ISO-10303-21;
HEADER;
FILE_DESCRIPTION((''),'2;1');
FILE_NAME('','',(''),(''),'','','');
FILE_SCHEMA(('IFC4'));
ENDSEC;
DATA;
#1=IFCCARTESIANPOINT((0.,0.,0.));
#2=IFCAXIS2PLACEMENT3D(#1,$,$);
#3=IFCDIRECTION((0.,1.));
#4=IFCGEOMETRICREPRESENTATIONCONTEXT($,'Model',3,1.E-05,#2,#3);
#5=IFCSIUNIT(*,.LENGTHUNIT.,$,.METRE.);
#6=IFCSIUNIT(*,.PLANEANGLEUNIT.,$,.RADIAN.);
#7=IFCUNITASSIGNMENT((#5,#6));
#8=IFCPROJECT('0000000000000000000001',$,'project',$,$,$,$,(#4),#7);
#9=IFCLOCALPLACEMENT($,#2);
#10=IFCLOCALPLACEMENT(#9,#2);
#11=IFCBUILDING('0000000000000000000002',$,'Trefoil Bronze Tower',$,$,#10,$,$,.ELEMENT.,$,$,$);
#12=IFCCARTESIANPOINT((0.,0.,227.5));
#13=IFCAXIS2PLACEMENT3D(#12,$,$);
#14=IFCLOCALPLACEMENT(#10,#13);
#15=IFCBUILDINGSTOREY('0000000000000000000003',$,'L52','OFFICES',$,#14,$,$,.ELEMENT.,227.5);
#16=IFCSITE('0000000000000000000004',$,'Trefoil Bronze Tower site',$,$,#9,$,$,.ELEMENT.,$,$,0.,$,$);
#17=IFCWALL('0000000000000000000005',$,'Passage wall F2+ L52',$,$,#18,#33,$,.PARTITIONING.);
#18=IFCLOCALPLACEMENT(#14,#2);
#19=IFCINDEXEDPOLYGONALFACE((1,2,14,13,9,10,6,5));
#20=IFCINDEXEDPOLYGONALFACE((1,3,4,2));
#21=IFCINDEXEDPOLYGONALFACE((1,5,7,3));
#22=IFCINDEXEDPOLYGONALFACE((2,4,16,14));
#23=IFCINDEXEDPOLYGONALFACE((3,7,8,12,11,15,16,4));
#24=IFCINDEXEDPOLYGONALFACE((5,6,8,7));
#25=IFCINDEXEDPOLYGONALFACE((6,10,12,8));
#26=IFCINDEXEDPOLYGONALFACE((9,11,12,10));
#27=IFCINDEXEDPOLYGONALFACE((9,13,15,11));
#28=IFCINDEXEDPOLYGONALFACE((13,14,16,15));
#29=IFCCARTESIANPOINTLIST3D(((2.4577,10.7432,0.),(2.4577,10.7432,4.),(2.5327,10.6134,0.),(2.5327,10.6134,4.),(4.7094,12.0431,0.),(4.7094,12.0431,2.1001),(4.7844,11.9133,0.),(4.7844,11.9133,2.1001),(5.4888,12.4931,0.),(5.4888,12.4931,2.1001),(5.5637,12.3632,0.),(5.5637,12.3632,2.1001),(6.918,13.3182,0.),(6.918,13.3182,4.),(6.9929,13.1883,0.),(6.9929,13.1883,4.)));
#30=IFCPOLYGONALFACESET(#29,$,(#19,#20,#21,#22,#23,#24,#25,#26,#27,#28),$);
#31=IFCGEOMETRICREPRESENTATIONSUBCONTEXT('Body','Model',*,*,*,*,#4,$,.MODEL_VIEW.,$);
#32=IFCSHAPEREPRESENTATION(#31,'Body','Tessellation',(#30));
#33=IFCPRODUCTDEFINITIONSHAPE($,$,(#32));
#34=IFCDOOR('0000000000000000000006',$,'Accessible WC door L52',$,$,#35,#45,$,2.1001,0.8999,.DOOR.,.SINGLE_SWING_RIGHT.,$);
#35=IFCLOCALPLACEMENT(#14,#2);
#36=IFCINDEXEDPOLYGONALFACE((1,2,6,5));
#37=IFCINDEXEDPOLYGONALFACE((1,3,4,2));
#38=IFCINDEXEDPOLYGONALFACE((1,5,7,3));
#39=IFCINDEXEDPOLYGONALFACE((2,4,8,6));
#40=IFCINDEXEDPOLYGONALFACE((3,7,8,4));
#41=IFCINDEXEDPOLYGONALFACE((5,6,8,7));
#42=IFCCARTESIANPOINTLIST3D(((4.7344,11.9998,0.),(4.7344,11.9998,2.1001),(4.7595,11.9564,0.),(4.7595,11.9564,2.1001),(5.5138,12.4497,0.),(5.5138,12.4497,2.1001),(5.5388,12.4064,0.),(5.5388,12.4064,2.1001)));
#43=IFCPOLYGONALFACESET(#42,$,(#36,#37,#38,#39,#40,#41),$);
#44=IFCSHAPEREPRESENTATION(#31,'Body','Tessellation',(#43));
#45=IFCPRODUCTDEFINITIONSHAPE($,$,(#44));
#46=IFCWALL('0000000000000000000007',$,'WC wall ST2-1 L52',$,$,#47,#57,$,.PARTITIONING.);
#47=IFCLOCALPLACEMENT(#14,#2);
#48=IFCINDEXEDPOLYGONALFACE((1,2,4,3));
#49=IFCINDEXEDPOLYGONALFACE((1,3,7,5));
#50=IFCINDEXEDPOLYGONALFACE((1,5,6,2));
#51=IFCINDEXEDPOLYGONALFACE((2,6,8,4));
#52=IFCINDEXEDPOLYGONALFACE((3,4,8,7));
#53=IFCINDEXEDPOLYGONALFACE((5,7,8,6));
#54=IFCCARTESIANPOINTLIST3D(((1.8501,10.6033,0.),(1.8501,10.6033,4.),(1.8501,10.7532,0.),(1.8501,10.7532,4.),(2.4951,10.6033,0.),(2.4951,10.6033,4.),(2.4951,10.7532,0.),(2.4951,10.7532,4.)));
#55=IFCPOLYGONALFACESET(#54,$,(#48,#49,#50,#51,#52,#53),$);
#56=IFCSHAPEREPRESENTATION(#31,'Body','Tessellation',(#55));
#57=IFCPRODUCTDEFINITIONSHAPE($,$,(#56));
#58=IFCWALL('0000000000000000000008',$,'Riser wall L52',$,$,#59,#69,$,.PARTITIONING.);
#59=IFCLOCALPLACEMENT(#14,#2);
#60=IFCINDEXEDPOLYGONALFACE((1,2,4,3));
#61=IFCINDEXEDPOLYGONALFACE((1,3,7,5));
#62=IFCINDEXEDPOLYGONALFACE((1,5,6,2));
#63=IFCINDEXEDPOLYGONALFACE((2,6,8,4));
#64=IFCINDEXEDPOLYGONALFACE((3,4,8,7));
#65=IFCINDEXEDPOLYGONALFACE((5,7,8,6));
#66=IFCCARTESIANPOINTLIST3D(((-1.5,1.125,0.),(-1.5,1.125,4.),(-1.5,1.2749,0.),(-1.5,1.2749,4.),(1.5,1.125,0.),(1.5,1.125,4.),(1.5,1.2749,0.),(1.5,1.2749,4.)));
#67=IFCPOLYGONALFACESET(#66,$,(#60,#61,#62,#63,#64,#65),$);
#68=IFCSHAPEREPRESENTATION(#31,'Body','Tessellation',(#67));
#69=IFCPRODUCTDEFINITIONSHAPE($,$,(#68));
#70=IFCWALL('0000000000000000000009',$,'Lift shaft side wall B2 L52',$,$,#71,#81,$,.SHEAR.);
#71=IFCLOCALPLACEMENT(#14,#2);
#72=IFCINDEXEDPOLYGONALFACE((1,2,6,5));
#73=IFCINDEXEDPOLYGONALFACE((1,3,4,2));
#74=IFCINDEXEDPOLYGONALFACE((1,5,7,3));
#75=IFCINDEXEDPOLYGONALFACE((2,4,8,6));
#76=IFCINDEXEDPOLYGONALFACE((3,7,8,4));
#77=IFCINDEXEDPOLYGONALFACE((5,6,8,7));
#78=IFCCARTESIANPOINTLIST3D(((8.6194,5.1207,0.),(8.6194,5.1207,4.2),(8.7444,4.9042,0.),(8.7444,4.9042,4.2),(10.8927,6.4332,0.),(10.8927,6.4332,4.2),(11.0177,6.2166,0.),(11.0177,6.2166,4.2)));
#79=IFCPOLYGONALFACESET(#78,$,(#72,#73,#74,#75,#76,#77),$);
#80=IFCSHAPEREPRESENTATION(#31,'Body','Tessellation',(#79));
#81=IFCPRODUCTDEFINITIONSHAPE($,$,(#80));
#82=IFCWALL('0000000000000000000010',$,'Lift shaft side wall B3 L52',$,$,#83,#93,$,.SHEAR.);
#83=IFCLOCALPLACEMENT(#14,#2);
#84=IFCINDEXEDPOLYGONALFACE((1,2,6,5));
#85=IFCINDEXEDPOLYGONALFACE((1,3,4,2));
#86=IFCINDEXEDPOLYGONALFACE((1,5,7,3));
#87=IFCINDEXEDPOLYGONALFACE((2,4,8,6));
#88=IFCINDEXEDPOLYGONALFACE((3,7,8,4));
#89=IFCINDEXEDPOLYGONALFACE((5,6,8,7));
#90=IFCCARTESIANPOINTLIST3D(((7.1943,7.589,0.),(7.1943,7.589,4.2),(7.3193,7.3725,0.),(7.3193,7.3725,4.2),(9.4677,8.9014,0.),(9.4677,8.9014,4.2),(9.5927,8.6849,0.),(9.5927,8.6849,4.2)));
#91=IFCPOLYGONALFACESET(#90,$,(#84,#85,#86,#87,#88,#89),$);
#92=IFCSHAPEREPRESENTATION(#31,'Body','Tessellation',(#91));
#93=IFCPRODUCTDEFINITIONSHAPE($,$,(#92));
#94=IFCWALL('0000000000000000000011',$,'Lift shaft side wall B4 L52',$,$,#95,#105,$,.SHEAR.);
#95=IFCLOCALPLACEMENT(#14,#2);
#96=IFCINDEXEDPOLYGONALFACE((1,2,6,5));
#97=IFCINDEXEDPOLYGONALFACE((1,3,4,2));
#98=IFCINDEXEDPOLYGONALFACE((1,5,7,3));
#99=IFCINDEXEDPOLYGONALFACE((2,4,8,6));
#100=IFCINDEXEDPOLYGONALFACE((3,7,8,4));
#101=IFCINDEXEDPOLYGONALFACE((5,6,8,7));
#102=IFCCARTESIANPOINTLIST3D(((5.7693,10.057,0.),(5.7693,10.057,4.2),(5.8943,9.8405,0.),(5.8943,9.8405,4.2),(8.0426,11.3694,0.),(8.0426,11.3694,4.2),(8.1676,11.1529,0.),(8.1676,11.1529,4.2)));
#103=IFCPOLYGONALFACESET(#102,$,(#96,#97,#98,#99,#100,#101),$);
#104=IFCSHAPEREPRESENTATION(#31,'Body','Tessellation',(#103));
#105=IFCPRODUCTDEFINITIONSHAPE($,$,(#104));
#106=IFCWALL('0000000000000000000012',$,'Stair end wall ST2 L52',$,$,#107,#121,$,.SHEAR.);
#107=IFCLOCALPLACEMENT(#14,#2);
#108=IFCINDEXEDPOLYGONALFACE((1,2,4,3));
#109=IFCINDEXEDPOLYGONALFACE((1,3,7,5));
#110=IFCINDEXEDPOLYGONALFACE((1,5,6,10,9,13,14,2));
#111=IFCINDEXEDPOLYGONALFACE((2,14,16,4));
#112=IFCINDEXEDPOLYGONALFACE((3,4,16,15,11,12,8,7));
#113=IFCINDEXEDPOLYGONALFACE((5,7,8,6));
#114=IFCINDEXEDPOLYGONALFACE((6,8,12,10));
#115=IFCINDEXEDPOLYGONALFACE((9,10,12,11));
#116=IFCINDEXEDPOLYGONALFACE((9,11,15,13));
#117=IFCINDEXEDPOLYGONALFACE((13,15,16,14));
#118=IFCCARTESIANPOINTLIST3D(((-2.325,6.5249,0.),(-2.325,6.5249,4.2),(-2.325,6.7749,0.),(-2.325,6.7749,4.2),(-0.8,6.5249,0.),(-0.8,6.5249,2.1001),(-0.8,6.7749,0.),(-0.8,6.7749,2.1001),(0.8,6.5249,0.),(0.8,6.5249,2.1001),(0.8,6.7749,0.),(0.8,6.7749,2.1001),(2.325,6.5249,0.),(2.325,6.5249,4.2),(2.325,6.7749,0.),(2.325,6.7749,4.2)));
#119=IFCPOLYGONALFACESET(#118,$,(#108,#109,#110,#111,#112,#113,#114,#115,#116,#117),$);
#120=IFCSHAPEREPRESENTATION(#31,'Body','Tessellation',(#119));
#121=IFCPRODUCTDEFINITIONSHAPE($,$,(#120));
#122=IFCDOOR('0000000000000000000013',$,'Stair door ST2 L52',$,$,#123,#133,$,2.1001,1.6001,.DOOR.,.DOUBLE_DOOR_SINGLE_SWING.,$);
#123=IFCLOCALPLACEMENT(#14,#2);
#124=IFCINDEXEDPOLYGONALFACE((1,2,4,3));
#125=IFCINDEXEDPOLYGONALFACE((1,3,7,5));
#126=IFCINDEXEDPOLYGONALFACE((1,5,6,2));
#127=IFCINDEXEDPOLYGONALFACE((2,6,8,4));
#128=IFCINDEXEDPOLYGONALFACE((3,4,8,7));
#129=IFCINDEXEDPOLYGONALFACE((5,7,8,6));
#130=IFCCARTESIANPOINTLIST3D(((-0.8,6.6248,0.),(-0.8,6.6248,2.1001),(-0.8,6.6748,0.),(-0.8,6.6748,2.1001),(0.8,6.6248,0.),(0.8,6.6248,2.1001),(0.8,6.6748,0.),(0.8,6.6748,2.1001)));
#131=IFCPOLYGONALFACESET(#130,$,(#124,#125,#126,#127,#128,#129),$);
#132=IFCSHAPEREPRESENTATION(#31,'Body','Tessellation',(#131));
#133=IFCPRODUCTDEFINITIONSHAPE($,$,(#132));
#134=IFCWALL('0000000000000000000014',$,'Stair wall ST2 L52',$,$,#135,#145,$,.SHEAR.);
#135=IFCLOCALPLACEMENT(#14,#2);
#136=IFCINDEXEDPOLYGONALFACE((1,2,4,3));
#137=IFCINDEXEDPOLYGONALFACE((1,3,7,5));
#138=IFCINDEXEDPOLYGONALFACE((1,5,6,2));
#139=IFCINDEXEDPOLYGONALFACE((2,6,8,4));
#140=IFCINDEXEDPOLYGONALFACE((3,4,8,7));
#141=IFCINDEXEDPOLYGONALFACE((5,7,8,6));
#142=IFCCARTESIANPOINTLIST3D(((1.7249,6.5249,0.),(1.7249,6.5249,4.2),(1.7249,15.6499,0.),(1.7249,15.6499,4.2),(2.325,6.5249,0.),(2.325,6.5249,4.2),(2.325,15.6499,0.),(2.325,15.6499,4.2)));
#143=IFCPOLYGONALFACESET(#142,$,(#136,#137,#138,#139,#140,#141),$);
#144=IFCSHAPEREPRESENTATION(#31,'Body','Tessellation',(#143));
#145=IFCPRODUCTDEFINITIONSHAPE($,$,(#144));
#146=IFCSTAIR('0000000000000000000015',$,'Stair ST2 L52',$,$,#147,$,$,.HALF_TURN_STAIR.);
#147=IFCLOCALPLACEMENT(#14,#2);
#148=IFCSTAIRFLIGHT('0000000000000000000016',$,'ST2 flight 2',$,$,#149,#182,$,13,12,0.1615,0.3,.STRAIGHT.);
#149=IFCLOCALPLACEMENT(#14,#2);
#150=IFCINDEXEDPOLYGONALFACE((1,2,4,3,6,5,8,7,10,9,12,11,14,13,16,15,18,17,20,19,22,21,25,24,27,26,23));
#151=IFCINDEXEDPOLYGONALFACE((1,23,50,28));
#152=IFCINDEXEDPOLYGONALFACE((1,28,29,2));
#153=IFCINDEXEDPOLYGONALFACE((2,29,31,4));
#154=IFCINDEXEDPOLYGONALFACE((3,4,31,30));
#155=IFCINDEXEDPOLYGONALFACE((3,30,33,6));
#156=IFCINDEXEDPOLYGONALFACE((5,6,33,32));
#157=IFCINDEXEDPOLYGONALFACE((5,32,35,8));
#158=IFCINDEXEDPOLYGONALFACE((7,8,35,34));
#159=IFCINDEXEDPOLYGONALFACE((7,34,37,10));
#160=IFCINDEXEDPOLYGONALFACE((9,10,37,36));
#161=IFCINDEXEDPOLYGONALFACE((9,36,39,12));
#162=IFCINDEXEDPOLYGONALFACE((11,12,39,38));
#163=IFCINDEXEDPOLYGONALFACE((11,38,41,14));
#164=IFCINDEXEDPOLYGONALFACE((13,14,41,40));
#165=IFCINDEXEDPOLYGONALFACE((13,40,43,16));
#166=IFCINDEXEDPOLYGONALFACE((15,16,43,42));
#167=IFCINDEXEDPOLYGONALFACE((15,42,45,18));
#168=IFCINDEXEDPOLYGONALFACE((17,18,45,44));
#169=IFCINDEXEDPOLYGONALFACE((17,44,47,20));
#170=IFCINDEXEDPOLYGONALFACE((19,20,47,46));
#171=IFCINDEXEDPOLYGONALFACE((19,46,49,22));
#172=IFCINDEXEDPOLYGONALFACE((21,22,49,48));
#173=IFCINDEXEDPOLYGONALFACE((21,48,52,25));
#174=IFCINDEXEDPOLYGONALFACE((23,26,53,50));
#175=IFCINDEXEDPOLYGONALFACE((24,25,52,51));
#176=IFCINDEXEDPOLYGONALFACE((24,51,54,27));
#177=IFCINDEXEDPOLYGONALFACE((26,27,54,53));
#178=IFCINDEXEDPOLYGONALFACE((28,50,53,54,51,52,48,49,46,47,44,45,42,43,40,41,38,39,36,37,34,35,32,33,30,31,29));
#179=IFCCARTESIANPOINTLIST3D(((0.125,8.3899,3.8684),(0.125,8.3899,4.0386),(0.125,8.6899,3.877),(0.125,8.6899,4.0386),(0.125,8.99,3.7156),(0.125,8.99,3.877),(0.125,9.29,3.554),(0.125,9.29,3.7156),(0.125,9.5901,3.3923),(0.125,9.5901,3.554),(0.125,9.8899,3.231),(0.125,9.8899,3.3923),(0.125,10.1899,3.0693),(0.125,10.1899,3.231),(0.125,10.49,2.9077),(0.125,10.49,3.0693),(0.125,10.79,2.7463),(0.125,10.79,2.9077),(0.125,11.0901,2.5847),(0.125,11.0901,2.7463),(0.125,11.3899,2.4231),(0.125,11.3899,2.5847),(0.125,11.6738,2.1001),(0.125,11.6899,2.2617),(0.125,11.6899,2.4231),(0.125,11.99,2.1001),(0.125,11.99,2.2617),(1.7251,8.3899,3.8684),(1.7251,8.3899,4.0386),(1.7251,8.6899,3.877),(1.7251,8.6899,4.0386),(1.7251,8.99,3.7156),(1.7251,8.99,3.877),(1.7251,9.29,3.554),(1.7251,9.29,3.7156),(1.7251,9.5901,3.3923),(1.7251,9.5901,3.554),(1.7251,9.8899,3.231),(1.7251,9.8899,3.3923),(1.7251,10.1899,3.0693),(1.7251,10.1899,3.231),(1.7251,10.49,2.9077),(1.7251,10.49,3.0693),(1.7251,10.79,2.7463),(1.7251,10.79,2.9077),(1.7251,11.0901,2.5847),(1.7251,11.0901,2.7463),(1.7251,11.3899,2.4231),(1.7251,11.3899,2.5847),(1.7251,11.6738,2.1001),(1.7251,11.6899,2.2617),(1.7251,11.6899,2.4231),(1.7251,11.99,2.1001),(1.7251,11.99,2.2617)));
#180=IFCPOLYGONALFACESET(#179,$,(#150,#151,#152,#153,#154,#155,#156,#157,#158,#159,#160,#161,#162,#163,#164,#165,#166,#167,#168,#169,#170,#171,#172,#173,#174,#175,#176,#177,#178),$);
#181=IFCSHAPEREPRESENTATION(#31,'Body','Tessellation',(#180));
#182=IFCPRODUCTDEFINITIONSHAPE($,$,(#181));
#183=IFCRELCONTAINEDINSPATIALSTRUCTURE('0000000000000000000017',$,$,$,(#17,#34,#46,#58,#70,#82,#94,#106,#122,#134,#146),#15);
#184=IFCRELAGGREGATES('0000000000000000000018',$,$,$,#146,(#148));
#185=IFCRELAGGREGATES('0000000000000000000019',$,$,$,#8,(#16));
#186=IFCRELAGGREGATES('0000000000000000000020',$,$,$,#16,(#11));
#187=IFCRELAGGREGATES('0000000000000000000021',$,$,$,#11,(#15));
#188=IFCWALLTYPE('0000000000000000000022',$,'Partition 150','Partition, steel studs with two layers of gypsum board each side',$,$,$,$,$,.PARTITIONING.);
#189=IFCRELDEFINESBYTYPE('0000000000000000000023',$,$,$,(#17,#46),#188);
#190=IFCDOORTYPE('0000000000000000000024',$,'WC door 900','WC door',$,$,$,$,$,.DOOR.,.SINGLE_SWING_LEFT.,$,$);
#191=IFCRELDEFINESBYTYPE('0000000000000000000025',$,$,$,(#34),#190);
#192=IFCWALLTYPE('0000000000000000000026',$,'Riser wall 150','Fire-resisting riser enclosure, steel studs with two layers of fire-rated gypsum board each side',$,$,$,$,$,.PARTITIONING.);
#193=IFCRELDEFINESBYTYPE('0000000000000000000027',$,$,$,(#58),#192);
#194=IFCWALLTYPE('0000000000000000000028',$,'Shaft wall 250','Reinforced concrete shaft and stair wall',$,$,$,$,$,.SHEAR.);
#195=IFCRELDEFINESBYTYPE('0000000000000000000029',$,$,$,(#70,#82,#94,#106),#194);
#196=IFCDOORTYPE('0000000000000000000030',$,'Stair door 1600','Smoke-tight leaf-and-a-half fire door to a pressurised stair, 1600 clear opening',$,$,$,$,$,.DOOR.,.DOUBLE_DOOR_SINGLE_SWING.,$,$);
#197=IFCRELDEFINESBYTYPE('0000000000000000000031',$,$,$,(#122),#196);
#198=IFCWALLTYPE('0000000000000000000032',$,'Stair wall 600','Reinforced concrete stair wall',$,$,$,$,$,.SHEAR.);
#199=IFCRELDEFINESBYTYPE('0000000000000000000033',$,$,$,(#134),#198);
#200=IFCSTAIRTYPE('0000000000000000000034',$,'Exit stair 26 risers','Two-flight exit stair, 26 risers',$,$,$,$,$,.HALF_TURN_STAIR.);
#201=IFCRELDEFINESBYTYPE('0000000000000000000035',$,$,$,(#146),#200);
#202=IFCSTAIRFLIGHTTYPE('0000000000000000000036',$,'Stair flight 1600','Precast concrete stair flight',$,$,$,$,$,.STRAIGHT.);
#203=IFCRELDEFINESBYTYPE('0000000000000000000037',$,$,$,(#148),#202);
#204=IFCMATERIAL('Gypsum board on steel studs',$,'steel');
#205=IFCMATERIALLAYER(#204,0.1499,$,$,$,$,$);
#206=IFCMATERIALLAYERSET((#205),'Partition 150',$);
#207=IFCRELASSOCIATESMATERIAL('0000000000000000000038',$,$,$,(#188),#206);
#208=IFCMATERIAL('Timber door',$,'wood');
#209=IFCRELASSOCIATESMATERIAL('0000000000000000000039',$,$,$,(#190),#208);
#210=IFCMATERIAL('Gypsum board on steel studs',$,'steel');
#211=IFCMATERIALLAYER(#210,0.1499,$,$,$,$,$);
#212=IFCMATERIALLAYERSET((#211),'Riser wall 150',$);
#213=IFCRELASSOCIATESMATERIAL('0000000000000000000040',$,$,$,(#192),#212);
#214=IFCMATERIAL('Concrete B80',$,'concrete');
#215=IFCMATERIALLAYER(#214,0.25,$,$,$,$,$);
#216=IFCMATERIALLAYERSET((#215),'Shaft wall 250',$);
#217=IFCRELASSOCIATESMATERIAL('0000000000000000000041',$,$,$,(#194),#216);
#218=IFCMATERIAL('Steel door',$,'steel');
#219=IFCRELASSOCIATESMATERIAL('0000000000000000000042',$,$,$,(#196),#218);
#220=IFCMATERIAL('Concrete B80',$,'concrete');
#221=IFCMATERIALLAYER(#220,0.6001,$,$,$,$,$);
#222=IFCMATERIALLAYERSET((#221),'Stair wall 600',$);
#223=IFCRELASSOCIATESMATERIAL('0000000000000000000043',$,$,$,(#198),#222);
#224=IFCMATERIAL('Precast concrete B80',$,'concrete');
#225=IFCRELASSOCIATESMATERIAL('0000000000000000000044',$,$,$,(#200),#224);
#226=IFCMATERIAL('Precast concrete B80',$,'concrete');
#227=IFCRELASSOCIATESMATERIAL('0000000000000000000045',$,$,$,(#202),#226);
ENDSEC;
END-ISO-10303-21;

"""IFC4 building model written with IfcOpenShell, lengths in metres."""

from ifc_helpers import new_model, si_unit, direction, frame, frame_2d, origin, place, context, subcontext, project, spatial, polyline, rectangle, outline, extrude, material, layer, layer_set, type_object, element, fill, aggregate, save


model = new_model("IFC4")

# Units and contexts
model_context = context("Model", 3, precision=1e-05, world=origin(), true_north=direction((0.0, 1.0)))
body_context = subcontext(model_context, "Body", "Model", "MODEL_VIEW")
ifc_project = project(units=[si_unit("LENGTHUNIT", "METRE"), si_unit("PLANEANGLEUNIT", "RADIAN")], contexts=[model_context])

# Site, building, storey
site_placement = place(None, origin())
site = spatial("IfcSite", under=ifc_project, at=site_placement, Name="Trefoil Bronze Tower site", CompositionType="ELEMENT", RefElevation=0.0)
building_placement = place(site_placement, origin())
building = spatial("IfcBuilding", under=site, at=building_placement, Name="Trefoil Bronze Tower", CompositionType="ELEMENT")
storey_placement = place(building_placement, frame((0.0, 0.0, 227.5)))
storey = spatial("IfcBuildingStorey", under=building, at=storey_placement, Name="L52", Description="OFFICES", CompositionType="ELEMENT", Elevation=227.5)

# Wall, opening, door
ifc_material_1 = material(Name="Gypsum board on steel studs", Category="steel")
ifc_layer_1 = layer(ifc_material_1, 0.1499)
ifc_layer_set_1 = layer_set([ifc_layer_1], Name="Partition 150")
wall_type_1 = type_object("IfcWallType", Name="Partition 150", Description="Partition, steel studs with two layers of gypsum board each side", PredefinedType="PARTITIONING", material=ifc_layer_set_1)
wall_1_placement = place(storey_placement, frame((2.4951, 10.6782, 0.0), z_axis=(0.0, 0.0, 1.0), x_axis=(0.866038, 0.499978, 0.0)))
wall_1 = element("IfcWall", 1, at=wall_1_placement, inside=storey, type_object=wall_type_1, Name="Passage wall F2+ L52", PredefinedType="PARTITIONING", context=body_context, shape_type="SweptSolid", body=[
    extrude(rectangle(XDim=5.1501, YDim=0.1499, at=frame_2d((2.5752, 0.0))), origin(), (0.0, 0.0, 1.0), 4.0),
])
opening_1_placement = place(wall_1_placement, frame((2.6001, 0.0, 0.0)))
opening_1 = element("IfcOpeningElement", 2, at=opening_1_placement, cuts=wall_1, PredefinedType="OPENING", context=body_context, shape_type="SweptSolid", body=[
    extrude(rectangle(XDim=0.8999, YDim=2.1001, at=frame_2d((0.45, 1.05))), frame((0.0, 0.085, 0.0), z_axis=(0.0, -1.0, 0.0), x_axis=(1.0, 0.0, 0.0)), (0.0, 0.0, 1.0), 0.1699),
])
ifc_material_2 = material(Name="Timber door", Category="wood")
door_type_1 = type_object("IfcDoorType", Name="WC door 900", Description="WC door", OperationType="SINGLE_SWING_LEFT", PredefinedType="DOOR", material=ifc_material_2)
door_1_placement = place(opening_1_placement, origin())
door_1 = element("IfcDoor", 3, at=door_1_placement, inside=storey, type_object=door_type_1, Name="Accessible WC door L52", OperationType="SINGLE_SWING_RIGHT", OverallHeight=2.1001, OverallWidth=0.8999, PredefinedType="DOOR", context=body_context, shape_type="SweptSolid", body=[
    extrude(rectangle(XDim=0.8999, YDim=2.1001, at=frame_2d((0.45, 1.05))), frame((0.0, 0.0249, 0.0), z_axis=(0.0, -1.0, 0.0), x_axis=(1.0, 0.0, 0.0)), (0.0, 0.0, 1.0), 0.05),
])
fill(opening_1, door_1)

# Walls
wall_2_placement = place(storey_placement, frame((2.4951, 10.6782, 0.0), z_axis=(0.0, 0.0, 1.0), x_axis=(-1.0, 0.0, 0.0)))
element("IfcWall", 4, at=wall_2_placement, inside=storey, type_object=wall_type_1, Name="WC wall ST2-1 L52", PredefinedType="PARTITIONING", context=body_context, shape_type="SweptSolid", body=[
    extrude(rectangle(XDim=0.645, YDim=0.1499, at=frame_2d((0.3225, 0.0))), origin(), (0.0, 0.0, 1.0), 4.0),
])
ifc_material_3 = material(Name="Gypsum board on steel studs", Category="steel")
ifc_layer_2 = layer(ifc_material_3, 0.1499)
ifc_layer_set_2 = layer_set([ifc_layer_2], Name="Riser wall 150")
wall_type_2 = type_object("IfcWallType", Name="Riser wall 150", Description="Fire-resisting riser enclosure, steel studs with two layers of fire-rated gypsum board each side", PredefinedType="PARTITIONING", material=ifc_layer_set_2)
wall_3_placement = place(storey_placement, frame((1.5, 1.2, 0.0), z_axis=(0.0, 0.0, 1.0), x_axis=(-1.0, 0.0, 0.0)))
element("IfcWall", 5, at=wall_3_placement, inside=storey, type_object=wall_type_2, Name="Riser wall L52", PredefinedType="PARTITIONING", context=body_context, shape_type="SweptSolid", body=[
    extrude(rectangle(XDim=3.0, YDim=0.1499, at=frame_2d((1.5, 0.0))), origin(), (0.0, 0.0, 1.0), 4.0),
])
ifc_material_4 = material(Name="Concrete B80", Category="concrete")
ifc_layer_3 = layer(ifc_material_4, 0.25)
ifc_layer_set_3 = layer_set([ifc_layer_3], Name="Shaft wall 250")
wall_type_3 = type_object("IfcWallType", Name="Shaft wall 250", Description="Reinforced concrete shaft and stair wall", PredefinedType="SHEAR", material=ifc_layer_set_3)
for number, where, z_axis, x_axis, name in (
    (6, (8.6819, 5.0125, 0.0), (0.0, 0.0, 1.0), (0.866037, 0.49998, 0.0), "Lift shaft side wall B2 L52"),
    (7, (7.2568, 7.4807, 0.0), (0.0, 0.0, 1.0), (0.866037, 0.49998, 0.0), "Lift shaft side wall B3 L52"),
    (8, (5.8318, 9.9487, 0.0), (0.0, 0.0, 1.0), (0.866037, 0.49998, 0.0), "Lift shaft side wall B4 L52"),
):
    element("IfcWall", number, at=place(storey_placement, frame(where, z_axis=z_axis, x_axis=x_axis)), inside=storey, type_object=wall_type_3, Name=name, PredefinedType="SHEAR", context=body_context, shape_type="SweptSolid", body=[
        extrude(rectangle(XDim=2.625, YDim=0.25, at=frame_2d((1.3125, 0.0))), origin(), (0.0, 0.0, 1.0), 4.2),
    ])

# Wall, opening, door
wall_4_placement = place(storey_placement, frame((2.325, 6.6499, 0.0), z_axis=(0.0, 0.0, 1.0), x_axis=(-1.0, 0.0, 0.0)))
wall_4 = element("IfcWall", 9, at=wall_4_placement, inside=storey, type_object=wall_type_3, Name="Stair end wall ST2 L52", PredefinedType="SHEAR", context=body_context, shape_type="SweptSolid", body=[
    extrude(rectangle(XDim=4.6499, YDim=0.25, at=frame_2d((2.325, 0.0))), origin(), (0.0, 0.0, 1.0), 4.2),
])
opening_2_placement = place(wall_4_placement, frame((1.5249, 0.0, 0.0)))
opening_2 = element("IfcOpeningElement", 10, at=opening_2_placement, cuts=wall_4, PredefinedType="OPENING", context=body_context, shape_type="SweptSolid", body=[
    extrude(rectangle(XDim=1.6001, YDim=2.1001, at=frame_2d((0.8, 1.05))), frame((0.0, 0.135, 0.0), z_axis=(0.0, -1.0, 0.0), x_axis=(1.0, 0.0, 0.0)), (0.0, 0.0, 1.0), 0.27),
])
ifc_material_5 = material(Name="Steel door", Category="steel")
door_type_2 = type_object("IfcDoorType", Name="Stair door 1600", Description="Smoke-tight leaf-and-a-half fire door to a pressurised stair, 1600 clear opening", OperationType="DOUBLE_DOOR_SINGLE_SWING", PredefinedType="DOOR", material=ifc_material_5)
door_2_placement = place(opening_2_placement, frame((1.6001, 0.0, 0.0), z_axis=(0.0, 0.0, 1.0), x_axis=(-1.0, 0.0, 0.0)))
door_2 = element("IfcDoor", 11, at=door_2_placement, inside=storey, type_object=door_type_2, Name="Stair door ST2 L52", OperationType="DOUBLE_DOOR_SINGLE_SWING", OverallHeight=2.1001, OverallWidth=1.6001, PredefinedType="DOOR", context=body_context, shape_type="SweptSolid", body=[
    extrude(rectangle(XDim=1.6001, YDim=2.1001, at=frame_2d((0.8, 1.05))), frame((0.0, 0.0249, 0.0), z_axis=(0.0, -1.0, 0.0), x_axis=(1.0, 0.0, 0.0)), (0.0, 0.0, 1.0), 0.05),
])
fill(opening_2, door_2)

# Wall
ifc_material_6 = material(Name="Concrete B80", Category="concrete")
ifc_layer_4 = layer(ifc_material_6, 0.6001)
ifc_layer_set_4 = layer_set([ifc_layer_4], Name="Stair wall 600")
wall_type_4 = type_object("IfcWallType", Name="Stair wall 600", Description="Reinforced concrete stair wall", PredefinedType="SHEAR", material=ifc_layer_set_4)
wall_5_placement = place(storey_placement, frame((2.0249, 6.5249, 0.0), z_axis=(0.0, 0.0, 1.0), x_axis=(0.0, 1.0, 0.0)))
element("IfcWall", 12, at=wall_5_placement, inside=storey, type_object=wall_type_4, Name="Stair wall ST2 L52", PredefinedType="SHEAR", context=body_context, shape_type="SweptSolid", body=[
    extrude(rectangle(XDim=9.125, YDim=0.6001, at=frame_2d((4.5625, 0.0))), origin(), (0.0, 0.0, 1.0), 4.2),
])

# Stair, stair flight
ifc_material_7 = material(Name="Precast concrete B80", Category="concrete")
stair_type = type_object("IfcStairType", Name="Exit stair 26 risers", Description="Two-flight exit stair, 26 risers", PredefinedType="HALF_TURN_STAIR", material=ifc_material_7)
stair_placement = place(storey_placement, origin())
stair = element("IfcStair", 13, at=stair_placement, inside=storey, type_object=stair_type, Name="Stair ST2 L52", PredefinedType="HALF_TURN_STAIR")
ifc_material_8 = material(Name="Precast concrete B80", Category="concrete")
stair_flight_type = type_object("IfcStairFlightType", Name="Stair flight 1600", Description="Precast concrete stair flight", PredefinedType="STRAIGHT", material=ifc_material_8)
stair_flight_placement = place(storey_placement, frame((0.925, 11.99, 2.1001), z_axis=(0.0, 0.0, 1.0), x_axis=(0.0, -1.0, 0.0)))
stair_flight = element("IfcStairFlight", 14, at=stair_flight_placement, type_object=stair_flight_type, Name="ST2 flight 2", NumberOfRisers=13, NumberOfTreads=12, PredefinedType="STRAIGHT", RiserHeight=0.1615, TreadLength=0.3, context=body_context, shape_type="SweptSolid", body=[
    extrude(outline(polyline([(0.0, 0.0), (0.0, 0.1616), (0.3, 0.1616), (0.3, 0.323), (0.6001, 0.323), (0.6001, 0.4846), (0.8999, 0.4846), (0.8999, 0.6462), (1.2, 0.6462), (1.2, 0.8076), (1.5, 0.8076), (1.5, 0.9692), (1.8, 0.9692), (1.8, 1.1309), (2.1001, 1.1309), (2.1001, 1.2922), (2.3999, 1.2922), (2.3999, 1.4539), (2.7, 1.4539), (2.7, 1.6155), (3.0, 1.6155), (3.0, 1.7769), (3.3, 1.7769), (3.3, 1.9385), (3.6001, 1.9385), (3.6001, 2.1001), (3.6001, 1.7683), (0.3162, 0.0), (0.0, 0.0)])), frame((0.0, 0.8, 0.0), z_axis=(0.0, -1.0, 0.0), x_axis=(1.0, 0.0, 0.0)), (0.0, 0.0, 1.0), 1.6001),
])
aggregate(stair, [stair_flight])

save(model, "model.ifc")
